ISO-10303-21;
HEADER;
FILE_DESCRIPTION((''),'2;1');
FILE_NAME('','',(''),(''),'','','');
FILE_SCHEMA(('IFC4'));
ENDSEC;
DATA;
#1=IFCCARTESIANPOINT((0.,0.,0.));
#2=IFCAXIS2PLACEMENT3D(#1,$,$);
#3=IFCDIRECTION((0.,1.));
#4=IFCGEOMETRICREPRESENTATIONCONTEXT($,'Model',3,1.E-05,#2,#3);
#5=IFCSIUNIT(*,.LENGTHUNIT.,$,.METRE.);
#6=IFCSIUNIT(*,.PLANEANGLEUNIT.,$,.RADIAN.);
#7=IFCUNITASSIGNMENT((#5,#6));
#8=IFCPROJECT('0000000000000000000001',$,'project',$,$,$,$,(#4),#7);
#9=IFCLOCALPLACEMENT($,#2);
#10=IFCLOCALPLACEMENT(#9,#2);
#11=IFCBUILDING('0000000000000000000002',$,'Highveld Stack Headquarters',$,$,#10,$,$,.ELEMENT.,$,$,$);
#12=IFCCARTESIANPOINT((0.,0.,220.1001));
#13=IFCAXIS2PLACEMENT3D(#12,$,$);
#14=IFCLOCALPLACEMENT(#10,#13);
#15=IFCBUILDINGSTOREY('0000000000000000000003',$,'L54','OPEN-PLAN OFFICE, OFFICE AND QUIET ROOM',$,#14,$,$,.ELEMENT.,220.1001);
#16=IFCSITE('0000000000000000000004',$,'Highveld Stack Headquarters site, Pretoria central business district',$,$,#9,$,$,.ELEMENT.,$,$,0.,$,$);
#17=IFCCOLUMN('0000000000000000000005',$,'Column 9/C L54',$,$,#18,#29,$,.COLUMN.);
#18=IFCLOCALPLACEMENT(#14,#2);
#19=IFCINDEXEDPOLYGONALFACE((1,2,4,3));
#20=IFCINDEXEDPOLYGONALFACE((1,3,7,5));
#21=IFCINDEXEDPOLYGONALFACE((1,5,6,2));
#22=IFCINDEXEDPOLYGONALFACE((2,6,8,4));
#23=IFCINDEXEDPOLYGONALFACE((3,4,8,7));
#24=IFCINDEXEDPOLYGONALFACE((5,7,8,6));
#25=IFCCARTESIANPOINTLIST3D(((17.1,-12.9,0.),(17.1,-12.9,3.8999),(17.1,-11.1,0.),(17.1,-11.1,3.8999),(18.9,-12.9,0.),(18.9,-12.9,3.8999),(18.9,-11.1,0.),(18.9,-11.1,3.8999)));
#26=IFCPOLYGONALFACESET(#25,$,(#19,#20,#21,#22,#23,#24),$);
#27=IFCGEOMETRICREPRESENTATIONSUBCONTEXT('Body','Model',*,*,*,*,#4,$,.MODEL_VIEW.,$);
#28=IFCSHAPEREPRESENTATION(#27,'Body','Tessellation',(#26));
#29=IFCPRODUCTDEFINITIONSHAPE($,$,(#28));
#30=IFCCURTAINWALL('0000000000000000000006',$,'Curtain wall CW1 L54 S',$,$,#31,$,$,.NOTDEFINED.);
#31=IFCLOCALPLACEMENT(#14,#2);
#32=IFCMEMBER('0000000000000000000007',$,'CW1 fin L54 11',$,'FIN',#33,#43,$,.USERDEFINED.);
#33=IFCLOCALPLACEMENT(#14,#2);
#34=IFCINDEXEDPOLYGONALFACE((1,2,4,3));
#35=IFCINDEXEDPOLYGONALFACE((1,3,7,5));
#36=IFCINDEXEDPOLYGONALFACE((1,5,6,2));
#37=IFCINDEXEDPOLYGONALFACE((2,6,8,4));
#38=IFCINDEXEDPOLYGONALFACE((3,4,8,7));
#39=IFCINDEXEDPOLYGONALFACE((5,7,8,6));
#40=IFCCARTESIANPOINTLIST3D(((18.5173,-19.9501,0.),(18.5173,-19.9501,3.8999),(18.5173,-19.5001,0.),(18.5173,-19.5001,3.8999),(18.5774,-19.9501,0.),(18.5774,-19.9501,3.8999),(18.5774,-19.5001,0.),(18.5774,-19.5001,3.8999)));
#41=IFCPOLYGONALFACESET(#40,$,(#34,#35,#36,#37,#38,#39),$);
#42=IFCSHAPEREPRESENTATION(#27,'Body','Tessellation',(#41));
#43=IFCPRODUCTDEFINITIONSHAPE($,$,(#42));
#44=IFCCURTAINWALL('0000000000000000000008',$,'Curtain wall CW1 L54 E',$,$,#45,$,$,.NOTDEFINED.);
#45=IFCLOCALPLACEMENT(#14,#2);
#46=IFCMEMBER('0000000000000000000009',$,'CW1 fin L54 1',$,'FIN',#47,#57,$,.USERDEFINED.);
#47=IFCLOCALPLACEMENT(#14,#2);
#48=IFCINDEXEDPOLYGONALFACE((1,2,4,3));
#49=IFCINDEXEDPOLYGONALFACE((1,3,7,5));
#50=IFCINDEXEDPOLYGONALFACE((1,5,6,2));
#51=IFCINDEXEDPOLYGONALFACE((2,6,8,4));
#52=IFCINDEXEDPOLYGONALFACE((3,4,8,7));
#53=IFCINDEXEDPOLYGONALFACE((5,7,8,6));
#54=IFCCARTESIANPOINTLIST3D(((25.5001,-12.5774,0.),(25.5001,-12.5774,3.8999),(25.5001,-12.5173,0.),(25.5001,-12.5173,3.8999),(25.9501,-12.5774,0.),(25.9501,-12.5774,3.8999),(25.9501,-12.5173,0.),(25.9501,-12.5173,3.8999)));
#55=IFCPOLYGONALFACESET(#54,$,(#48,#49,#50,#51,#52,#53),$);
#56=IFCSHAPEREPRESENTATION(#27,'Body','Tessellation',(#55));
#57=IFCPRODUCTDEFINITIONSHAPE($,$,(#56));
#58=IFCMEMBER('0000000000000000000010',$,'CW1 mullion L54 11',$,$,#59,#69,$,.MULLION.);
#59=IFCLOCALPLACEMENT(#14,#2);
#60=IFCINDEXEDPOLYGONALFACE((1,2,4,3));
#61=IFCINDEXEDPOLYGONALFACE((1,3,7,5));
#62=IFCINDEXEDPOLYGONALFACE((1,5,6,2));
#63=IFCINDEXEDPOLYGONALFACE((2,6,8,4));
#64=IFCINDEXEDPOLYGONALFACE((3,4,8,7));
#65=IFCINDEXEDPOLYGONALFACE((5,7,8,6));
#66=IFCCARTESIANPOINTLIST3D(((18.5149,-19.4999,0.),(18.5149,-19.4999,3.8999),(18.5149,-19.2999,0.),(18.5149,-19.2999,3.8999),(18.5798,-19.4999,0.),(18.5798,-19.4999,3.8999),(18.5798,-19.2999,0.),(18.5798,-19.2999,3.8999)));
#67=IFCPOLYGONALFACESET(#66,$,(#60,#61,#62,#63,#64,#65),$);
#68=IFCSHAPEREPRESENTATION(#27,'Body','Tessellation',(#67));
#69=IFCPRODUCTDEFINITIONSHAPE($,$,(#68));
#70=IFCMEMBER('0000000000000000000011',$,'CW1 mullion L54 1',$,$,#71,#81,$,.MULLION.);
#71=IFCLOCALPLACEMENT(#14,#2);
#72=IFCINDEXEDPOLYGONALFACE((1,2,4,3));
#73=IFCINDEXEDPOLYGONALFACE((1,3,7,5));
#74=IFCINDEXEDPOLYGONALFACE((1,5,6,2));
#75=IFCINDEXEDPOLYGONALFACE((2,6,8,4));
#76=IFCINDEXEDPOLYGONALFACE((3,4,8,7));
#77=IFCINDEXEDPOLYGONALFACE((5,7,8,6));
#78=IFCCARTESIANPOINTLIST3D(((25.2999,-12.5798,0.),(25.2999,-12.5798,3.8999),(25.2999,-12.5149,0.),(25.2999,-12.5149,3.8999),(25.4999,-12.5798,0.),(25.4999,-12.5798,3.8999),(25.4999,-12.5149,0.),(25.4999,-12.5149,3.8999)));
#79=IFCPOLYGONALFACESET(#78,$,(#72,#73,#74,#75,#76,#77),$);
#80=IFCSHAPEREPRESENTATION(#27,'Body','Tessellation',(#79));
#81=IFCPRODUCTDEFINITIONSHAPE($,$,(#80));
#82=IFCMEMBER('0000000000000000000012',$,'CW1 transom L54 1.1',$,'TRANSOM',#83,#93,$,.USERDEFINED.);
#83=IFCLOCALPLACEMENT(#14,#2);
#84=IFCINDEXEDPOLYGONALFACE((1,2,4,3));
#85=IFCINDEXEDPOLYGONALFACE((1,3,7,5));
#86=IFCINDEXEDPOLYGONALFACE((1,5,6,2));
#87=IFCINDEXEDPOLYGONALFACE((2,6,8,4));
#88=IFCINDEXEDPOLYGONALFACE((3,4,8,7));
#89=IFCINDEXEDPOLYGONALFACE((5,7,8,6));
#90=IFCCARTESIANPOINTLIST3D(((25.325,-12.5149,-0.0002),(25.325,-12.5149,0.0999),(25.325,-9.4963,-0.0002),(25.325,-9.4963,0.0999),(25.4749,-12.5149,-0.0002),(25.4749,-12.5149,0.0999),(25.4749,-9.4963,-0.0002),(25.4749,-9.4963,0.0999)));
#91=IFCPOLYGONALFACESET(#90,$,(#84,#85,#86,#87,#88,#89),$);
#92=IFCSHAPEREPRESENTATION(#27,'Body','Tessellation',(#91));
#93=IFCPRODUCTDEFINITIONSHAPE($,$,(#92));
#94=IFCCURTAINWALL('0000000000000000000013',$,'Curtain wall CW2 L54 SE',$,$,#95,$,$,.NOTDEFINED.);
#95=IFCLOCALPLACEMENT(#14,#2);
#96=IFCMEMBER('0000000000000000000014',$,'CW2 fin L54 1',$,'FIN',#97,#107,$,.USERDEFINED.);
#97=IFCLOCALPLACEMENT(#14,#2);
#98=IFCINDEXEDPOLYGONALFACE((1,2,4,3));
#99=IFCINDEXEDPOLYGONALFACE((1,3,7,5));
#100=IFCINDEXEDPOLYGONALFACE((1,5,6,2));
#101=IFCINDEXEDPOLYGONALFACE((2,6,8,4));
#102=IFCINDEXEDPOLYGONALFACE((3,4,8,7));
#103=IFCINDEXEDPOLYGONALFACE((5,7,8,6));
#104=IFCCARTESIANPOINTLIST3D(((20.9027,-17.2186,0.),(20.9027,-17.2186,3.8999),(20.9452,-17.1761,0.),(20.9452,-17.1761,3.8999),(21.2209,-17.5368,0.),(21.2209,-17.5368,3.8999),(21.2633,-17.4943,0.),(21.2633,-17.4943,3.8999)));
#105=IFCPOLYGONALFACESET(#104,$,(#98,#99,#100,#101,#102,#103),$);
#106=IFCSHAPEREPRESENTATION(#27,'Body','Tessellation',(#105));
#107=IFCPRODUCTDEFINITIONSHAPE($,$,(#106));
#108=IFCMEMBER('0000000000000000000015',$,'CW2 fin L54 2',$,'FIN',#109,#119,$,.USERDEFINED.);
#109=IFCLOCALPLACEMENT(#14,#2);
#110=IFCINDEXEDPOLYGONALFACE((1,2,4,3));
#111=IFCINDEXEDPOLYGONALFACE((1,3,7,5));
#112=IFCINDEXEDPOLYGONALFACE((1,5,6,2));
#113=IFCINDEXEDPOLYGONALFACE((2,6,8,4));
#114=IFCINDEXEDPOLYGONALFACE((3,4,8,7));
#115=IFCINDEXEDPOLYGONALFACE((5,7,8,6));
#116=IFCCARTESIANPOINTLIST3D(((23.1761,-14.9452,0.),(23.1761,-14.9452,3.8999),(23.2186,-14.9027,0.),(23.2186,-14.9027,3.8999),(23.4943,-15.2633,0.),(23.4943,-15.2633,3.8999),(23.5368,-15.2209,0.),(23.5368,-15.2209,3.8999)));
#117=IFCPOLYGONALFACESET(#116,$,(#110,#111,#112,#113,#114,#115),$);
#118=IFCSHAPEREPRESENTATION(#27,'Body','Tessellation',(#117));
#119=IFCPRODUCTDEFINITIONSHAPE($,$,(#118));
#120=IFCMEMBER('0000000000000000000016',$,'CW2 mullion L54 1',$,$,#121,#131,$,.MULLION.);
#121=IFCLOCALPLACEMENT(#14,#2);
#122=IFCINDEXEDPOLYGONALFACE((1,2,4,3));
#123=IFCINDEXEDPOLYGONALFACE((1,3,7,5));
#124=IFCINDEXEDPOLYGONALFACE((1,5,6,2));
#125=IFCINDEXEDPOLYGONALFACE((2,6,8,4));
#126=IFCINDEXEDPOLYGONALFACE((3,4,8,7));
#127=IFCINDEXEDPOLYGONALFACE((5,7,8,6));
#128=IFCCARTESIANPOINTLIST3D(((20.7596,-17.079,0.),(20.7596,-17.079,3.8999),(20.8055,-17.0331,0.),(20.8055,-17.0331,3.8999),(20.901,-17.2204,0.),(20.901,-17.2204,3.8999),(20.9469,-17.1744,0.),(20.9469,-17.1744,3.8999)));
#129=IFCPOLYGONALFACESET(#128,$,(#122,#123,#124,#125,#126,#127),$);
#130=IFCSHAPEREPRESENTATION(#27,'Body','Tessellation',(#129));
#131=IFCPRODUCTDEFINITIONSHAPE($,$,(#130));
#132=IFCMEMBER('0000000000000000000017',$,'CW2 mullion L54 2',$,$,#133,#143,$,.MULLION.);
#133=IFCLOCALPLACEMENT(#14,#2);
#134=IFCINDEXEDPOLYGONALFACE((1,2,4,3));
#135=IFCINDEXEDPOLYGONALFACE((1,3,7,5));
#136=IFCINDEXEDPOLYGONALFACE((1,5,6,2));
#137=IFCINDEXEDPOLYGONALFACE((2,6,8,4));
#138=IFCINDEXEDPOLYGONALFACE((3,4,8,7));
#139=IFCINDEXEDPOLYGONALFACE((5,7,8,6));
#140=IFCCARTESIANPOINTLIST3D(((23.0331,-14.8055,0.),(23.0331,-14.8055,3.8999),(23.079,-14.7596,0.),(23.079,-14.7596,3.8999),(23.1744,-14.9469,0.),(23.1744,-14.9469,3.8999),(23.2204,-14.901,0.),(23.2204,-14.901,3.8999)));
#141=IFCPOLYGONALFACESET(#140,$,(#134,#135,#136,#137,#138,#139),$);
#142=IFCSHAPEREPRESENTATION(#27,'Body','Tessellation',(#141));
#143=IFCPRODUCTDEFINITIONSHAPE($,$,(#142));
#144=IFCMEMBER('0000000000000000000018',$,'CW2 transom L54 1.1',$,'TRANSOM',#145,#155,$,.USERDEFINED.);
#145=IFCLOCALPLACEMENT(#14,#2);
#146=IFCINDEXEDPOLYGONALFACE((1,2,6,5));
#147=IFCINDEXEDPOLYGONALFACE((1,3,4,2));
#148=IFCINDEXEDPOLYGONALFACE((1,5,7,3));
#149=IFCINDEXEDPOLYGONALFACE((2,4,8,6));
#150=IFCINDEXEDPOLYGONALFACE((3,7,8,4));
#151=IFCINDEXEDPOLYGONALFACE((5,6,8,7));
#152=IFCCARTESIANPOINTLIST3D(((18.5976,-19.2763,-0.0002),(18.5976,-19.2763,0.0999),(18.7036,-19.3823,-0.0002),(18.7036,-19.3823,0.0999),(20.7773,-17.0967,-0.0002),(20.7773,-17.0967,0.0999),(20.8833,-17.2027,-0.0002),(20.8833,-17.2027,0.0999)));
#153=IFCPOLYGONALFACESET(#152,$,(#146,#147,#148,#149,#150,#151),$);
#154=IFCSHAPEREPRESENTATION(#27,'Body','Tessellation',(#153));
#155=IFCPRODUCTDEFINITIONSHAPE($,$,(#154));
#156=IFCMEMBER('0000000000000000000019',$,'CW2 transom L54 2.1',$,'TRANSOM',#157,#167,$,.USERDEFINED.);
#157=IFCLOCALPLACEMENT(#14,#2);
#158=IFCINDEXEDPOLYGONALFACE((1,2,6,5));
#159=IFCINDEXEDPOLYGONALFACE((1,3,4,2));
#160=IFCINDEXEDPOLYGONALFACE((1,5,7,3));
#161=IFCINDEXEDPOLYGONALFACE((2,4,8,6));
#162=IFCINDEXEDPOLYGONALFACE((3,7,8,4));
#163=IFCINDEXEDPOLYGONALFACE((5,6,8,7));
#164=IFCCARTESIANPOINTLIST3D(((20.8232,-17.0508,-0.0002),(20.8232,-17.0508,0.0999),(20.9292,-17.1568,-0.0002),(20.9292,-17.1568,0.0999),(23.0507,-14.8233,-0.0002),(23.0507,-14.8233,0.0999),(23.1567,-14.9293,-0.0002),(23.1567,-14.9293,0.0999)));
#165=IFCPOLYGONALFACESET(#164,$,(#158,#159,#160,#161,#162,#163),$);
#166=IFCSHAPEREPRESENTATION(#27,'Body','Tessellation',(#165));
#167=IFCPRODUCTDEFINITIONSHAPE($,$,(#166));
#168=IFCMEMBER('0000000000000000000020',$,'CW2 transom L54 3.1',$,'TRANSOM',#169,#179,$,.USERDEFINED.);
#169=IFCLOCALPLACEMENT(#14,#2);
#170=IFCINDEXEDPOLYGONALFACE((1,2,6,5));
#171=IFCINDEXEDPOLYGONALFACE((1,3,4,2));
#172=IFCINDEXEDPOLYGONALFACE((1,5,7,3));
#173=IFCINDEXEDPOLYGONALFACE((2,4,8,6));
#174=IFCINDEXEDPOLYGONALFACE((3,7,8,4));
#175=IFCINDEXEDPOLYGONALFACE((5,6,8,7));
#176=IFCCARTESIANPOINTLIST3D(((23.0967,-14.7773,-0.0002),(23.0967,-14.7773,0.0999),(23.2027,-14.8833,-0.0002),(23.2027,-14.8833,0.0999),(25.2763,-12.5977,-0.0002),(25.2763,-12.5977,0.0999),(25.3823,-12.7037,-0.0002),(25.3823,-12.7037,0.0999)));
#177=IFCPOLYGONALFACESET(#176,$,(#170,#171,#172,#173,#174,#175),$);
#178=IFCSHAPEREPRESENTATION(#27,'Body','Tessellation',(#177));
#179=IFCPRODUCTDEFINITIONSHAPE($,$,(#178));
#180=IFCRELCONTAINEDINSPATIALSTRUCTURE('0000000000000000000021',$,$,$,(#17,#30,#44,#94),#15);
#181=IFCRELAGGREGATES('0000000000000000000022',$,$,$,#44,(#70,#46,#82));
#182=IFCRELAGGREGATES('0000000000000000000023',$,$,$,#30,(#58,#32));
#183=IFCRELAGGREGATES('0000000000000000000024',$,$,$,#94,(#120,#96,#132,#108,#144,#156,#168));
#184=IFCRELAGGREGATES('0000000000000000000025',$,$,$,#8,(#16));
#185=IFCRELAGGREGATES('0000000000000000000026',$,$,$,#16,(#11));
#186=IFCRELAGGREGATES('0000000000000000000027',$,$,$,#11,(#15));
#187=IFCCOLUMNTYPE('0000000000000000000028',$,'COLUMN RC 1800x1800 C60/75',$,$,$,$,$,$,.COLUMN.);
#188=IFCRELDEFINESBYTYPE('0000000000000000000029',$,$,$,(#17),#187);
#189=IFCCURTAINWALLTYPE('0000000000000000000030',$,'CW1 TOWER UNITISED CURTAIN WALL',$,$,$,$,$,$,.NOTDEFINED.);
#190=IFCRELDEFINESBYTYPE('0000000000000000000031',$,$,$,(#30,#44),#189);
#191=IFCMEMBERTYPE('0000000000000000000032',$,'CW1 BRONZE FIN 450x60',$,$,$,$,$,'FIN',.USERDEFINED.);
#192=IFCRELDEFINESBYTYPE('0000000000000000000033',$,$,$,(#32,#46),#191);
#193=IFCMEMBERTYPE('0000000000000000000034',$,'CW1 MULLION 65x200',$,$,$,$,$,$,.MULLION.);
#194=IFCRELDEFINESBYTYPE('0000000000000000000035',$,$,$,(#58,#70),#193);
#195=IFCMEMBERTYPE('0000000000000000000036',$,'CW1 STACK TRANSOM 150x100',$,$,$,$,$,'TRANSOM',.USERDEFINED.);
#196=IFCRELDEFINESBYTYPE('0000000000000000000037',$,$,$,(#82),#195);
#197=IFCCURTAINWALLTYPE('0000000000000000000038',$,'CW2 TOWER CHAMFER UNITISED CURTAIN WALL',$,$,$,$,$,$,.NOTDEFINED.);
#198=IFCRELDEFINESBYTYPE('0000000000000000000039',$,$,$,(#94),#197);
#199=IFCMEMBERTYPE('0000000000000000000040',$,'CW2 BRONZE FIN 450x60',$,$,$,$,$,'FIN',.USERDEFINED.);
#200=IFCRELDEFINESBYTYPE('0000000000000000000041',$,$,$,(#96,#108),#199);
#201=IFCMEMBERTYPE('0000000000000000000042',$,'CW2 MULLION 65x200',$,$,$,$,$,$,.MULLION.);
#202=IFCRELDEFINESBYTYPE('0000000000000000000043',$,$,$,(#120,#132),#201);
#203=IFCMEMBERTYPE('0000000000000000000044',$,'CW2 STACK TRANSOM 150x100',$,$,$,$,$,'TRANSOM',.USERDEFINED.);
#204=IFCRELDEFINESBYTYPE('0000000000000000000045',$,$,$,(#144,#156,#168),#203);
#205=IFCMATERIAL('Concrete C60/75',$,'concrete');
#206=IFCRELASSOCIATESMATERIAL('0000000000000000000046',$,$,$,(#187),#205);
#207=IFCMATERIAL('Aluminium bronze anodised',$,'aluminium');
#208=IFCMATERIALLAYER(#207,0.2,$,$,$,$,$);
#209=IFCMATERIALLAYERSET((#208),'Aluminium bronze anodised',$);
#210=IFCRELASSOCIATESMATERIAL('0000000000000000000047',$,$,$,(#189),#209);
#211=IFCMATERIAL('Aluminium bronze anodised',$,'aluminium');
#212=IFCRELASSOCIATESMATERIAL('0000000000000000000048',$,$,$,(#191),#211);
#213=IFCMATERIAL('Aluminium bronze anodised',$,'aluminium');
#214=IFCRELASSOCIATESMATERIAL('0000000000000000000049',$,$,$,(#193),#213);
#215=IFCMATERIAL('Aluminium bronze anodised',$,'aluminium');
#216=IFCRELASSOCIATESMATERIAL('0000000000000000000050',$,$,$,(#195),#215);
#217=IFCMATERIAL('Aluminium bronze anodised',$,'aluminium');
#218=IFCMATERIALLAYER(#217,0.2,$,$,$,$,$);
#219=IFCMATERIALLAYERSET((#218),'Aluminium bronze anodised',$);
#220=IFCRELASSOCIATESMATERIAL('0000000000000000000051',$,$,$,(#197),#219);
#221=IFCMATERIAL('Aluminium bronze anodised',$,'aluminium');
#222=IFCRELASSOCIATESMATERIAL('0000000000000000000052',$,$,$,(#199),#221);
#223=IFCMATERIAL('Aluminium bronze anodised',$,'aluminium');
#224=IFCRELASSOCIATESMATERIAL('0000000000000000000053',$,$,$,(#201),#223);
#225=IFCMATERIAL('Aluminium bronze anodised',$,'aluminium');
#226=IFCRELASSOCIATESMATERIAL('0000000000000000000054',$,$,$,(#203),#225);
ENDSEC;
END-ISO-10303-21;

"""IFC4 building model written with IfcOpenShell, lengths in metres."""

from ifc_helpers import new_model, si_unit, direction, frame, origin, origin_2d, place, context, subcontext, project, spatial, rectangle, extrude, material, layer, layer_set, material_profile, profile_set, type_object, element, aggregate, save


model = new_model("IFC4")

# Units and contexts
model_context = context("Model", 3, precision=1e-05, world=origin(), true_north=direction((0.0, 1.0)))
body_context = subcontext(model_context, "Body", "Model", "MODEL_VIEW")
ifc_project = project(units=[si_unit("LENGTHUNIT", "METRE"), si_unit("PLANEANGLEUNIT", "RADIAN")], contexts=[model_context])

# Site, building, storey
site_placement = place(None, origin())
site = spatial("IfcSite", under=ifc_project, at=site_placement, Name="Highveld Stack Headquarters site, Pretoria central business district", CompositionType="ELEMENT", RefElevation=0.0)
building_placement = place(site_placement, origin())
building = spatial("IfcBuilding", under=site, at=building_placement, Name="Highveld Stack Headquarters", CompositionType="ELEMENT")
storey_placement = place(building_placement, frame((0.0, 0.0, 220.1001)))
storey = spatial("IfcBuildingStorey", under=building, at=storey_placement, Name="L54", Description="OPEN-PLAN OFFICE, OFFICE AND QUIET ROOM", CompositionType="ELEMENT", Elevation=220.1001)

# Column
ifc_material_1 = material(Name="Concrete C60/75", Category="concrete")
ifc_material_profile_1 = material_profile(ifc_material_1, rectangle(XDim=1.8, YDim=1.8, at=origin_2d()), Name="RC 1800x1800")
ifc_profile_set_1 = profile_set([ifc_material_profile_1], Name="Concrete C60/75")
column_type = type_object("IfcColumnType", Name="COLUMN RC 1800x1800 C60/75", PredefinedType="COLUMN", material=ifc_profile_set_1)
column_placement = place(storey_placement, frame((18.0, -12.0, 0.0), z_axis=(0.0, 0.0, 1.0), x_axis=(1.0, 0.0, 0.0)))
element("IfcColumn", 1, at=column_placement, inside=storey, type_object=column_type, Name="Column 9/C L54", PredefinedType="COLUMN", context=body_context, shape_type="SweptSolid", body=[
    extrude(rectangle(XDim=1.8, YDim=1.8, at=origin_2d()), origin(), (0.0, 0.0, 1.0), 3.8999),
])

# Curtain walls, members
ifc_material_2 = material(Name="Aluminium bronze anodised", Category="aluminium")
ifc_layer_1 = layer(ifc_material_2, 0.2)
ifc_layer_set_1 = layer_set([ifc_layer_1], Name="Aluminium bronze anodised")
curtain_wall_type_1 = type_object("IfcCurtainWallType", Name="CW1 TOWER UNITISED CURTAIN WALL", PredefinedType="NOTDEFINED", material=ifc_layer_set_1)
curtain_wall_1_placement = place(storey_placement, origin())
curtain_wall_1 = element("IfcCurtainWall", 2, at=curtain_wall_1_placement, inside=storey, type_object=curtain_wall_type_1, Name="Curtain wall CW1 L54 S", PredefinedType="NOTDEFINED")
ifc_material_3 = material(Name="Aluminium bronze anodised", Category="aluminium")
ifc_material_profile_2 = material_profile(ifc_material_3, rectangle(XDim=0.45, YDim=0.0601, at=origin_2d()), Name="FIN 450x60")
ifc_profile_set_2 = profile_set([ifc_material_profile_2], Name="Aluminium bronze anodised")
member_type_1 = type_object("IfcMemberType", Name="CW1 BRONZE FIN 450x60", ElementType="FIN", PredefinedType="USERDEFINED", material=ifc_profile_set_2)
member_1_placement = place(storey_placement, frame((18.5474, -19.7251, 0.0), z_axis=(0.0, 0.0, 1.0), x_axis=(0.0, 1.0, 0.0)))
member_1 = element("IfcMember", 3, at=member_1_placement, type_object=member_type_1, Name="CW1 fin L54 11", ObjectType="FIN", PredefinedType="USERDEFINED", context=body_context, shape_type="SweptSolid", body=[
    extrude(rectangle(XDim=0.45, YDim=0.0601, at=origin_2d()), origin(), (0.0, 0.0, 1.0), 3.8999),
])
curtain_wall_2_placement = place(storey_placement, origin())
curtain_wall_2 = element("IfcCurtainWall", 4, at=curtain_wall_2_placement, inside=storey, type_object=curtain_wall_type_1, Name="Curtain wall CW1 L54 E", PredefinedType="NOTDEFINED")
member_2_placement = place(storey_placement, frame((25.7251, -12.5474, 0.0), z_axis=(0.0, 0.0, 1.0), x_axis=(-1.0, 0.0, 0.0)))
member_2 = element("IfcMember", 5, at=member_2_placement, type_object=member_type_1, Name="CW1 fin L54 1", ObjectType="FIN", PredefinedType="USERDEFINED", context=body_context, shape_type="SweptSolid", body=[
    extrude(rectangle(XDim=0.45, YDim=0.0601, at=origin_2d()), origin(), (0.0, 0.0, 1.0), 3.8999),
])

# Members
ifc_material_4 = material(Name="Aluminium bronze anodised", Category="aluminium")
ifc_material_profile_3 = material_profile(ifc_material_4, rectangle(XDim=0.2, YDim=0.0649, at=origin_2d()), Name="CW1 MULLION 65x200")
ifc_profile_set_3 = profile_set([ifc_material_profile_3], Name="Aluminium bronze anodised")
member_type_2 = type_object("IfcMemberType", Name="CW1 MULLION 65x200", PredefinedType="MULLION", material=ifc_profile_set_3)
member_3_placement = place(storey_placement, frame((18.5474, -19.3999, 0.0), z_axis=(0.0, 0.0, 1.0), x_axis=(0.0, 1.0, 0.0)))
member_3 = element("IfcMember", 6, at=member_3_placement, type_object=member_type_2, Name="CW1 mullion L54 11", PredefinedType="MULLION", context=body_context, shape_type="SweptSolid", body=[
    extrude(rectangle(XDim=0.2, YDim=0.0649, at=origin_2d()), origin(), (0.0, 0.0, 1.0), 3.8999),
])
member_4_placement = place(storey_placement, frame((25.3999, -12.5474, 0.0), z_axis=(0.0, 0.0, 1.0), x_axis=(-1.0, 0.0, 0.0)))
member_4 = element("IfcMember", 7, at=member_4_placement, type_object=member_type_2, Name="CW1 mullion L54 1", PredefinedType="MULLION", context=body_context, shape_type="SweptSolid", body=[
    extrude(rectangle(XDim=0.2, YDim=0.0649, at=origin_2d()), origin(), (0.0, 0.0, 1.0), 3.8999),
])
ifc_material_5 = material(Name="Aluminium bronze anodised", Category="aluminium")
ifc_material_profile_4 = material_profile(ifc_material_5, rectangle(XDim=0.1499, YDim=0.1001, at=origin_2d()), Name="CW1 TRANSOM 150x100")
ifc_profile_set_4 = profile_set([ifc_material_profile_4], Name="Aluminium bronze anodised")
member_type_3 = type_object("IfcMemberType", Name="CW1 STACK TRANSOM 150x100", ElementType="TRANSOM", PredefinedType="USERDEFINED", material=ifc_profile_set_4)
member_5_placement = place(storey_placement, frame((25.3999, -12.5149, 0.0498), z_axis=(0.0, 1.0, 0.0), x_axis=(-1.0, 0.0, 0.0)))
member_5 = element("IfcMember", 8, at=member_5_placement, type_object=member_type_3, Name="CW1 transom L54 1.1", ObjectType="TRANSOM", PredefinedType="USERDEFINED", context=body_context, shape_type="SweptSolid", body=[
    extrude(rectangle(XDim=0.1499, YDim=0.1001, at=origin_2d()), origin(), (0.0, 0.0, 1.0), 3.0186),
])
aggregate(curtain_wall_2, [member_4, member_2, member_5])

# Curtain wall, members
ifc_material_6 = material(Name="Aluminium bronze anodised", Category="aluminium")
ifc_layer_2 = layer(ifc_material_6, 0.2)
ifc_layer_set_2 = layer_set([ifc_layer_2], Name="Aluminium bronze anodised")
curtain_wall_type_2 = type_object("IfcCurtainWallType", Name="CW2 TOWER CHAMFER UNITISED CURTAIN WALL", PredefinedType="NOTDEFINED", material=ifc_layer_set_2)
curtain_wall_3_placement = place(storey_placement, origin())
curtain_wall_3 = element("IfcCurtainWall", 9, at=curtain_wall_3_placement, inside=storey, type_object=curtain_wall_type_2, Name="Curtain wall CW2 L54 SE", PredefinedType="NOTDEFINED")
ifc_material_7 = material(Name="Aluminium bronze anodised", Category="aluminium")
ifc_material_profile_5 = material_profile(ifc_material_7, rectangle(XDim=0.45, YDim=0.0601, at=origin_2d()), Name="FIN 450x60")
ifc_profile_set_5 = profile_set([ifc_material_profile_5], Name="Aluminium bronze anodised")
member_type_4 = type_object("IfcMemberType", Name="CW2 BRONZE FIN 450x60", ElementType="FIN", PredefinedType="USERDEFINED", material=ifc_profile_set_5)
member_6_placement = place(storey_placement, frame((21.083, -17.3564, 0.0), z_axis=(0.0, 0.0, 1.0), x_axis=(-0.707107, 0.707107, 0.0)))
member_6 = element("IfcMember", 10, at=member_6_placement, type_object=member_type_4, Name="CW2 fin L54 1", ObjectType="FIN", PredefinedType="USERDEFINED", context=body_context, shape_type="SweptSolid", body=[
    extrude(rectangle(XDim=0.45, YDim=0.0601, at=origin_2d()), origin(), (0.0, 0.0, 1.0), 3.8999),
])
member_7_placement = place(storey_placement, frame((23.3564, -15.083, 0.0), z_axis=(0.0, 0.0, 1.0), x_axis=(-0.707107, 0.707107, 0.0)))
member_7 = element("IfcMember", 11, at=member_7_placement, type_object=member_type_4, Name="CW2 fin L54 2", ObjectType="FIN", PredefinedType="USERDEFINED", context=body_context, shape_type="SweptSolid", body=[
    extrude(rectangle(XDim=0.45, YDim=0.0601, at=origin_2d()), origin(), (0.0, 0.0, 1.0), 3.8999),
])
ifc_material_8 = material(Name="Aluminium bronze anodised", Category="aluminium")
ifc_material_profile_6 = material_profile(ifc_material_8, rectangle(XDim=0.2, YDim=0.0649, at=origin_2d()), Name="CW2 MULLION 65x200")
ifc_profile_set_6 = profile_set([ifc_material_profile_6], Name="Aluminium bronze anodised")
member_type_5 = type_object("IfcMemberType", Name="CW2 MULLION 65x200", PredefinedType="MULLION", material=ifc_profile_set_6)
member_8_placement = place(storey_placement, frame((20.8533, -17.1267, 0.0), z_axis=(0.0, 0.0, 1.0), x_axis=(-0.707107, 0.707107, 0.0)))
member_8 = element("IfcMember", 12, at=member_8_placement, type_object=member_type_5, Name="CW2 mullion L54 1", PredefinedType="MULLION", context=body_context, shape_type="SweptSolid", body=[
    extrude(rectangle(XDim=0.2, YDim=0.0649, at=origin_2d()), origin(), (0.0, 0.0, 1.0), 3.8999),
])
member_9_placement = place(storey_placement, frame((23.1267, -14.8533, 0.0), z_axis=(0.0, 0.0, 1.0), x_axis=(-0.707107, 0.707107, 0.0)))
member_9 = element("IfcMember", 13, at=member_9_placement, type_object=member_type_5, Name="CW2 mullion L54 2", PredefinedType="MULLION", context=body_context, shape_type="SweptSolid", body=[
    extrude(rectangle(XDim=0.2, YDim=0.0649, at=origin_2d()), origin(), (0.0, 0.0, 1.0), 3.8999),
])
ifc_material_9 = material(Name="Aluminium bronze anodised", Category="aluminium")
ifc_material_profile_7 = material_profile(ifc_material_9, rectangle(XDim=0.1499, YDim=0.1001, at=origin_2d()), Name="CW2 TRANSOM 150x100")
ifc_profile_set_7 = profile_set([ifc_material_profile_7], Name="Aluminium bronze anodised")
member_type_6 = type_object("IfcMemberType", Name="CW2 STACK TRANSOM 150x100", ElementType="TRANSOM", PredefinedType="USERDEFINED", material=ifc_profile_set_7)
member_10_placement = place(storey_placement, frame((18.6506, -19.3293, 0.0498), z_axis=(0.707107, 0.707107, 0.0), x_axis=(-0.707107, 0.707107, 0.0)))
member_10 = element("IfcMember", 14, at=member_10_placement, type_object=member_type_6, Name="CW2 transom L54 1.1", ObjectType="TRANSOM", PredefinedType="USERDEFINED", context=body_context, shape_type="SweptSolid", body=[
    extrude(rectangle(XDim=0.1499, YDim=0.1001, at=origin_2d()), origin(), (0.0, 0.0, 1.0), 3.0825),
])
member_11_placement = place(storey_placement, frame((20.8762, -17.1038, 0.0498), z_axis=(0.707107, 0.707107, 0.0), x_axis=(-0.707107, 0.707107, 0.0)))
member_11 = element("IfcMember", 15, at=member_11_placement, type_object=member_type_6, Name="CW2 transom L54 2.1", ObjectType="TRANSOM", PredefinedType="USERDEFINED", context=body_context, shape_type="SweptSolid", body=[
    extrude(rectangle(XDim=0.1499, YDim=0.1001, at=origin_2d()), origin(), (0.0, 0.0, 1.0), 3.1501),
])
member_12_placement = place(storey_placement, frame((23.1497, -14.8303, 0.0498), z_axis=(0.707107, 0.707107, 0.0), x_axis=(-0.707107, 0.707107, 0.0)))
member_12 = element("IfcMember", 16, at=member_12_placement, type_object=member_type_6, Name="CW2 transom L54 3.1", ObjectType="TRANSOM", PredefinedType="USERDEFINED", context=body_context, shape_type="SweptSolid", body=[
    extrude(rectangle(XDim=0.1499, YDim=0.1001, at=origin_2d()), origin(), (0.0, 0.0, 1.0), 3.0825),
])

aggregate(curtain_wall_1, [member_3, member_1])
aggregate(curtain_wall_3, [member_8, member_6, member_9, member_7, member_10, member_11, member_12])

save(model, "model.ifc")
